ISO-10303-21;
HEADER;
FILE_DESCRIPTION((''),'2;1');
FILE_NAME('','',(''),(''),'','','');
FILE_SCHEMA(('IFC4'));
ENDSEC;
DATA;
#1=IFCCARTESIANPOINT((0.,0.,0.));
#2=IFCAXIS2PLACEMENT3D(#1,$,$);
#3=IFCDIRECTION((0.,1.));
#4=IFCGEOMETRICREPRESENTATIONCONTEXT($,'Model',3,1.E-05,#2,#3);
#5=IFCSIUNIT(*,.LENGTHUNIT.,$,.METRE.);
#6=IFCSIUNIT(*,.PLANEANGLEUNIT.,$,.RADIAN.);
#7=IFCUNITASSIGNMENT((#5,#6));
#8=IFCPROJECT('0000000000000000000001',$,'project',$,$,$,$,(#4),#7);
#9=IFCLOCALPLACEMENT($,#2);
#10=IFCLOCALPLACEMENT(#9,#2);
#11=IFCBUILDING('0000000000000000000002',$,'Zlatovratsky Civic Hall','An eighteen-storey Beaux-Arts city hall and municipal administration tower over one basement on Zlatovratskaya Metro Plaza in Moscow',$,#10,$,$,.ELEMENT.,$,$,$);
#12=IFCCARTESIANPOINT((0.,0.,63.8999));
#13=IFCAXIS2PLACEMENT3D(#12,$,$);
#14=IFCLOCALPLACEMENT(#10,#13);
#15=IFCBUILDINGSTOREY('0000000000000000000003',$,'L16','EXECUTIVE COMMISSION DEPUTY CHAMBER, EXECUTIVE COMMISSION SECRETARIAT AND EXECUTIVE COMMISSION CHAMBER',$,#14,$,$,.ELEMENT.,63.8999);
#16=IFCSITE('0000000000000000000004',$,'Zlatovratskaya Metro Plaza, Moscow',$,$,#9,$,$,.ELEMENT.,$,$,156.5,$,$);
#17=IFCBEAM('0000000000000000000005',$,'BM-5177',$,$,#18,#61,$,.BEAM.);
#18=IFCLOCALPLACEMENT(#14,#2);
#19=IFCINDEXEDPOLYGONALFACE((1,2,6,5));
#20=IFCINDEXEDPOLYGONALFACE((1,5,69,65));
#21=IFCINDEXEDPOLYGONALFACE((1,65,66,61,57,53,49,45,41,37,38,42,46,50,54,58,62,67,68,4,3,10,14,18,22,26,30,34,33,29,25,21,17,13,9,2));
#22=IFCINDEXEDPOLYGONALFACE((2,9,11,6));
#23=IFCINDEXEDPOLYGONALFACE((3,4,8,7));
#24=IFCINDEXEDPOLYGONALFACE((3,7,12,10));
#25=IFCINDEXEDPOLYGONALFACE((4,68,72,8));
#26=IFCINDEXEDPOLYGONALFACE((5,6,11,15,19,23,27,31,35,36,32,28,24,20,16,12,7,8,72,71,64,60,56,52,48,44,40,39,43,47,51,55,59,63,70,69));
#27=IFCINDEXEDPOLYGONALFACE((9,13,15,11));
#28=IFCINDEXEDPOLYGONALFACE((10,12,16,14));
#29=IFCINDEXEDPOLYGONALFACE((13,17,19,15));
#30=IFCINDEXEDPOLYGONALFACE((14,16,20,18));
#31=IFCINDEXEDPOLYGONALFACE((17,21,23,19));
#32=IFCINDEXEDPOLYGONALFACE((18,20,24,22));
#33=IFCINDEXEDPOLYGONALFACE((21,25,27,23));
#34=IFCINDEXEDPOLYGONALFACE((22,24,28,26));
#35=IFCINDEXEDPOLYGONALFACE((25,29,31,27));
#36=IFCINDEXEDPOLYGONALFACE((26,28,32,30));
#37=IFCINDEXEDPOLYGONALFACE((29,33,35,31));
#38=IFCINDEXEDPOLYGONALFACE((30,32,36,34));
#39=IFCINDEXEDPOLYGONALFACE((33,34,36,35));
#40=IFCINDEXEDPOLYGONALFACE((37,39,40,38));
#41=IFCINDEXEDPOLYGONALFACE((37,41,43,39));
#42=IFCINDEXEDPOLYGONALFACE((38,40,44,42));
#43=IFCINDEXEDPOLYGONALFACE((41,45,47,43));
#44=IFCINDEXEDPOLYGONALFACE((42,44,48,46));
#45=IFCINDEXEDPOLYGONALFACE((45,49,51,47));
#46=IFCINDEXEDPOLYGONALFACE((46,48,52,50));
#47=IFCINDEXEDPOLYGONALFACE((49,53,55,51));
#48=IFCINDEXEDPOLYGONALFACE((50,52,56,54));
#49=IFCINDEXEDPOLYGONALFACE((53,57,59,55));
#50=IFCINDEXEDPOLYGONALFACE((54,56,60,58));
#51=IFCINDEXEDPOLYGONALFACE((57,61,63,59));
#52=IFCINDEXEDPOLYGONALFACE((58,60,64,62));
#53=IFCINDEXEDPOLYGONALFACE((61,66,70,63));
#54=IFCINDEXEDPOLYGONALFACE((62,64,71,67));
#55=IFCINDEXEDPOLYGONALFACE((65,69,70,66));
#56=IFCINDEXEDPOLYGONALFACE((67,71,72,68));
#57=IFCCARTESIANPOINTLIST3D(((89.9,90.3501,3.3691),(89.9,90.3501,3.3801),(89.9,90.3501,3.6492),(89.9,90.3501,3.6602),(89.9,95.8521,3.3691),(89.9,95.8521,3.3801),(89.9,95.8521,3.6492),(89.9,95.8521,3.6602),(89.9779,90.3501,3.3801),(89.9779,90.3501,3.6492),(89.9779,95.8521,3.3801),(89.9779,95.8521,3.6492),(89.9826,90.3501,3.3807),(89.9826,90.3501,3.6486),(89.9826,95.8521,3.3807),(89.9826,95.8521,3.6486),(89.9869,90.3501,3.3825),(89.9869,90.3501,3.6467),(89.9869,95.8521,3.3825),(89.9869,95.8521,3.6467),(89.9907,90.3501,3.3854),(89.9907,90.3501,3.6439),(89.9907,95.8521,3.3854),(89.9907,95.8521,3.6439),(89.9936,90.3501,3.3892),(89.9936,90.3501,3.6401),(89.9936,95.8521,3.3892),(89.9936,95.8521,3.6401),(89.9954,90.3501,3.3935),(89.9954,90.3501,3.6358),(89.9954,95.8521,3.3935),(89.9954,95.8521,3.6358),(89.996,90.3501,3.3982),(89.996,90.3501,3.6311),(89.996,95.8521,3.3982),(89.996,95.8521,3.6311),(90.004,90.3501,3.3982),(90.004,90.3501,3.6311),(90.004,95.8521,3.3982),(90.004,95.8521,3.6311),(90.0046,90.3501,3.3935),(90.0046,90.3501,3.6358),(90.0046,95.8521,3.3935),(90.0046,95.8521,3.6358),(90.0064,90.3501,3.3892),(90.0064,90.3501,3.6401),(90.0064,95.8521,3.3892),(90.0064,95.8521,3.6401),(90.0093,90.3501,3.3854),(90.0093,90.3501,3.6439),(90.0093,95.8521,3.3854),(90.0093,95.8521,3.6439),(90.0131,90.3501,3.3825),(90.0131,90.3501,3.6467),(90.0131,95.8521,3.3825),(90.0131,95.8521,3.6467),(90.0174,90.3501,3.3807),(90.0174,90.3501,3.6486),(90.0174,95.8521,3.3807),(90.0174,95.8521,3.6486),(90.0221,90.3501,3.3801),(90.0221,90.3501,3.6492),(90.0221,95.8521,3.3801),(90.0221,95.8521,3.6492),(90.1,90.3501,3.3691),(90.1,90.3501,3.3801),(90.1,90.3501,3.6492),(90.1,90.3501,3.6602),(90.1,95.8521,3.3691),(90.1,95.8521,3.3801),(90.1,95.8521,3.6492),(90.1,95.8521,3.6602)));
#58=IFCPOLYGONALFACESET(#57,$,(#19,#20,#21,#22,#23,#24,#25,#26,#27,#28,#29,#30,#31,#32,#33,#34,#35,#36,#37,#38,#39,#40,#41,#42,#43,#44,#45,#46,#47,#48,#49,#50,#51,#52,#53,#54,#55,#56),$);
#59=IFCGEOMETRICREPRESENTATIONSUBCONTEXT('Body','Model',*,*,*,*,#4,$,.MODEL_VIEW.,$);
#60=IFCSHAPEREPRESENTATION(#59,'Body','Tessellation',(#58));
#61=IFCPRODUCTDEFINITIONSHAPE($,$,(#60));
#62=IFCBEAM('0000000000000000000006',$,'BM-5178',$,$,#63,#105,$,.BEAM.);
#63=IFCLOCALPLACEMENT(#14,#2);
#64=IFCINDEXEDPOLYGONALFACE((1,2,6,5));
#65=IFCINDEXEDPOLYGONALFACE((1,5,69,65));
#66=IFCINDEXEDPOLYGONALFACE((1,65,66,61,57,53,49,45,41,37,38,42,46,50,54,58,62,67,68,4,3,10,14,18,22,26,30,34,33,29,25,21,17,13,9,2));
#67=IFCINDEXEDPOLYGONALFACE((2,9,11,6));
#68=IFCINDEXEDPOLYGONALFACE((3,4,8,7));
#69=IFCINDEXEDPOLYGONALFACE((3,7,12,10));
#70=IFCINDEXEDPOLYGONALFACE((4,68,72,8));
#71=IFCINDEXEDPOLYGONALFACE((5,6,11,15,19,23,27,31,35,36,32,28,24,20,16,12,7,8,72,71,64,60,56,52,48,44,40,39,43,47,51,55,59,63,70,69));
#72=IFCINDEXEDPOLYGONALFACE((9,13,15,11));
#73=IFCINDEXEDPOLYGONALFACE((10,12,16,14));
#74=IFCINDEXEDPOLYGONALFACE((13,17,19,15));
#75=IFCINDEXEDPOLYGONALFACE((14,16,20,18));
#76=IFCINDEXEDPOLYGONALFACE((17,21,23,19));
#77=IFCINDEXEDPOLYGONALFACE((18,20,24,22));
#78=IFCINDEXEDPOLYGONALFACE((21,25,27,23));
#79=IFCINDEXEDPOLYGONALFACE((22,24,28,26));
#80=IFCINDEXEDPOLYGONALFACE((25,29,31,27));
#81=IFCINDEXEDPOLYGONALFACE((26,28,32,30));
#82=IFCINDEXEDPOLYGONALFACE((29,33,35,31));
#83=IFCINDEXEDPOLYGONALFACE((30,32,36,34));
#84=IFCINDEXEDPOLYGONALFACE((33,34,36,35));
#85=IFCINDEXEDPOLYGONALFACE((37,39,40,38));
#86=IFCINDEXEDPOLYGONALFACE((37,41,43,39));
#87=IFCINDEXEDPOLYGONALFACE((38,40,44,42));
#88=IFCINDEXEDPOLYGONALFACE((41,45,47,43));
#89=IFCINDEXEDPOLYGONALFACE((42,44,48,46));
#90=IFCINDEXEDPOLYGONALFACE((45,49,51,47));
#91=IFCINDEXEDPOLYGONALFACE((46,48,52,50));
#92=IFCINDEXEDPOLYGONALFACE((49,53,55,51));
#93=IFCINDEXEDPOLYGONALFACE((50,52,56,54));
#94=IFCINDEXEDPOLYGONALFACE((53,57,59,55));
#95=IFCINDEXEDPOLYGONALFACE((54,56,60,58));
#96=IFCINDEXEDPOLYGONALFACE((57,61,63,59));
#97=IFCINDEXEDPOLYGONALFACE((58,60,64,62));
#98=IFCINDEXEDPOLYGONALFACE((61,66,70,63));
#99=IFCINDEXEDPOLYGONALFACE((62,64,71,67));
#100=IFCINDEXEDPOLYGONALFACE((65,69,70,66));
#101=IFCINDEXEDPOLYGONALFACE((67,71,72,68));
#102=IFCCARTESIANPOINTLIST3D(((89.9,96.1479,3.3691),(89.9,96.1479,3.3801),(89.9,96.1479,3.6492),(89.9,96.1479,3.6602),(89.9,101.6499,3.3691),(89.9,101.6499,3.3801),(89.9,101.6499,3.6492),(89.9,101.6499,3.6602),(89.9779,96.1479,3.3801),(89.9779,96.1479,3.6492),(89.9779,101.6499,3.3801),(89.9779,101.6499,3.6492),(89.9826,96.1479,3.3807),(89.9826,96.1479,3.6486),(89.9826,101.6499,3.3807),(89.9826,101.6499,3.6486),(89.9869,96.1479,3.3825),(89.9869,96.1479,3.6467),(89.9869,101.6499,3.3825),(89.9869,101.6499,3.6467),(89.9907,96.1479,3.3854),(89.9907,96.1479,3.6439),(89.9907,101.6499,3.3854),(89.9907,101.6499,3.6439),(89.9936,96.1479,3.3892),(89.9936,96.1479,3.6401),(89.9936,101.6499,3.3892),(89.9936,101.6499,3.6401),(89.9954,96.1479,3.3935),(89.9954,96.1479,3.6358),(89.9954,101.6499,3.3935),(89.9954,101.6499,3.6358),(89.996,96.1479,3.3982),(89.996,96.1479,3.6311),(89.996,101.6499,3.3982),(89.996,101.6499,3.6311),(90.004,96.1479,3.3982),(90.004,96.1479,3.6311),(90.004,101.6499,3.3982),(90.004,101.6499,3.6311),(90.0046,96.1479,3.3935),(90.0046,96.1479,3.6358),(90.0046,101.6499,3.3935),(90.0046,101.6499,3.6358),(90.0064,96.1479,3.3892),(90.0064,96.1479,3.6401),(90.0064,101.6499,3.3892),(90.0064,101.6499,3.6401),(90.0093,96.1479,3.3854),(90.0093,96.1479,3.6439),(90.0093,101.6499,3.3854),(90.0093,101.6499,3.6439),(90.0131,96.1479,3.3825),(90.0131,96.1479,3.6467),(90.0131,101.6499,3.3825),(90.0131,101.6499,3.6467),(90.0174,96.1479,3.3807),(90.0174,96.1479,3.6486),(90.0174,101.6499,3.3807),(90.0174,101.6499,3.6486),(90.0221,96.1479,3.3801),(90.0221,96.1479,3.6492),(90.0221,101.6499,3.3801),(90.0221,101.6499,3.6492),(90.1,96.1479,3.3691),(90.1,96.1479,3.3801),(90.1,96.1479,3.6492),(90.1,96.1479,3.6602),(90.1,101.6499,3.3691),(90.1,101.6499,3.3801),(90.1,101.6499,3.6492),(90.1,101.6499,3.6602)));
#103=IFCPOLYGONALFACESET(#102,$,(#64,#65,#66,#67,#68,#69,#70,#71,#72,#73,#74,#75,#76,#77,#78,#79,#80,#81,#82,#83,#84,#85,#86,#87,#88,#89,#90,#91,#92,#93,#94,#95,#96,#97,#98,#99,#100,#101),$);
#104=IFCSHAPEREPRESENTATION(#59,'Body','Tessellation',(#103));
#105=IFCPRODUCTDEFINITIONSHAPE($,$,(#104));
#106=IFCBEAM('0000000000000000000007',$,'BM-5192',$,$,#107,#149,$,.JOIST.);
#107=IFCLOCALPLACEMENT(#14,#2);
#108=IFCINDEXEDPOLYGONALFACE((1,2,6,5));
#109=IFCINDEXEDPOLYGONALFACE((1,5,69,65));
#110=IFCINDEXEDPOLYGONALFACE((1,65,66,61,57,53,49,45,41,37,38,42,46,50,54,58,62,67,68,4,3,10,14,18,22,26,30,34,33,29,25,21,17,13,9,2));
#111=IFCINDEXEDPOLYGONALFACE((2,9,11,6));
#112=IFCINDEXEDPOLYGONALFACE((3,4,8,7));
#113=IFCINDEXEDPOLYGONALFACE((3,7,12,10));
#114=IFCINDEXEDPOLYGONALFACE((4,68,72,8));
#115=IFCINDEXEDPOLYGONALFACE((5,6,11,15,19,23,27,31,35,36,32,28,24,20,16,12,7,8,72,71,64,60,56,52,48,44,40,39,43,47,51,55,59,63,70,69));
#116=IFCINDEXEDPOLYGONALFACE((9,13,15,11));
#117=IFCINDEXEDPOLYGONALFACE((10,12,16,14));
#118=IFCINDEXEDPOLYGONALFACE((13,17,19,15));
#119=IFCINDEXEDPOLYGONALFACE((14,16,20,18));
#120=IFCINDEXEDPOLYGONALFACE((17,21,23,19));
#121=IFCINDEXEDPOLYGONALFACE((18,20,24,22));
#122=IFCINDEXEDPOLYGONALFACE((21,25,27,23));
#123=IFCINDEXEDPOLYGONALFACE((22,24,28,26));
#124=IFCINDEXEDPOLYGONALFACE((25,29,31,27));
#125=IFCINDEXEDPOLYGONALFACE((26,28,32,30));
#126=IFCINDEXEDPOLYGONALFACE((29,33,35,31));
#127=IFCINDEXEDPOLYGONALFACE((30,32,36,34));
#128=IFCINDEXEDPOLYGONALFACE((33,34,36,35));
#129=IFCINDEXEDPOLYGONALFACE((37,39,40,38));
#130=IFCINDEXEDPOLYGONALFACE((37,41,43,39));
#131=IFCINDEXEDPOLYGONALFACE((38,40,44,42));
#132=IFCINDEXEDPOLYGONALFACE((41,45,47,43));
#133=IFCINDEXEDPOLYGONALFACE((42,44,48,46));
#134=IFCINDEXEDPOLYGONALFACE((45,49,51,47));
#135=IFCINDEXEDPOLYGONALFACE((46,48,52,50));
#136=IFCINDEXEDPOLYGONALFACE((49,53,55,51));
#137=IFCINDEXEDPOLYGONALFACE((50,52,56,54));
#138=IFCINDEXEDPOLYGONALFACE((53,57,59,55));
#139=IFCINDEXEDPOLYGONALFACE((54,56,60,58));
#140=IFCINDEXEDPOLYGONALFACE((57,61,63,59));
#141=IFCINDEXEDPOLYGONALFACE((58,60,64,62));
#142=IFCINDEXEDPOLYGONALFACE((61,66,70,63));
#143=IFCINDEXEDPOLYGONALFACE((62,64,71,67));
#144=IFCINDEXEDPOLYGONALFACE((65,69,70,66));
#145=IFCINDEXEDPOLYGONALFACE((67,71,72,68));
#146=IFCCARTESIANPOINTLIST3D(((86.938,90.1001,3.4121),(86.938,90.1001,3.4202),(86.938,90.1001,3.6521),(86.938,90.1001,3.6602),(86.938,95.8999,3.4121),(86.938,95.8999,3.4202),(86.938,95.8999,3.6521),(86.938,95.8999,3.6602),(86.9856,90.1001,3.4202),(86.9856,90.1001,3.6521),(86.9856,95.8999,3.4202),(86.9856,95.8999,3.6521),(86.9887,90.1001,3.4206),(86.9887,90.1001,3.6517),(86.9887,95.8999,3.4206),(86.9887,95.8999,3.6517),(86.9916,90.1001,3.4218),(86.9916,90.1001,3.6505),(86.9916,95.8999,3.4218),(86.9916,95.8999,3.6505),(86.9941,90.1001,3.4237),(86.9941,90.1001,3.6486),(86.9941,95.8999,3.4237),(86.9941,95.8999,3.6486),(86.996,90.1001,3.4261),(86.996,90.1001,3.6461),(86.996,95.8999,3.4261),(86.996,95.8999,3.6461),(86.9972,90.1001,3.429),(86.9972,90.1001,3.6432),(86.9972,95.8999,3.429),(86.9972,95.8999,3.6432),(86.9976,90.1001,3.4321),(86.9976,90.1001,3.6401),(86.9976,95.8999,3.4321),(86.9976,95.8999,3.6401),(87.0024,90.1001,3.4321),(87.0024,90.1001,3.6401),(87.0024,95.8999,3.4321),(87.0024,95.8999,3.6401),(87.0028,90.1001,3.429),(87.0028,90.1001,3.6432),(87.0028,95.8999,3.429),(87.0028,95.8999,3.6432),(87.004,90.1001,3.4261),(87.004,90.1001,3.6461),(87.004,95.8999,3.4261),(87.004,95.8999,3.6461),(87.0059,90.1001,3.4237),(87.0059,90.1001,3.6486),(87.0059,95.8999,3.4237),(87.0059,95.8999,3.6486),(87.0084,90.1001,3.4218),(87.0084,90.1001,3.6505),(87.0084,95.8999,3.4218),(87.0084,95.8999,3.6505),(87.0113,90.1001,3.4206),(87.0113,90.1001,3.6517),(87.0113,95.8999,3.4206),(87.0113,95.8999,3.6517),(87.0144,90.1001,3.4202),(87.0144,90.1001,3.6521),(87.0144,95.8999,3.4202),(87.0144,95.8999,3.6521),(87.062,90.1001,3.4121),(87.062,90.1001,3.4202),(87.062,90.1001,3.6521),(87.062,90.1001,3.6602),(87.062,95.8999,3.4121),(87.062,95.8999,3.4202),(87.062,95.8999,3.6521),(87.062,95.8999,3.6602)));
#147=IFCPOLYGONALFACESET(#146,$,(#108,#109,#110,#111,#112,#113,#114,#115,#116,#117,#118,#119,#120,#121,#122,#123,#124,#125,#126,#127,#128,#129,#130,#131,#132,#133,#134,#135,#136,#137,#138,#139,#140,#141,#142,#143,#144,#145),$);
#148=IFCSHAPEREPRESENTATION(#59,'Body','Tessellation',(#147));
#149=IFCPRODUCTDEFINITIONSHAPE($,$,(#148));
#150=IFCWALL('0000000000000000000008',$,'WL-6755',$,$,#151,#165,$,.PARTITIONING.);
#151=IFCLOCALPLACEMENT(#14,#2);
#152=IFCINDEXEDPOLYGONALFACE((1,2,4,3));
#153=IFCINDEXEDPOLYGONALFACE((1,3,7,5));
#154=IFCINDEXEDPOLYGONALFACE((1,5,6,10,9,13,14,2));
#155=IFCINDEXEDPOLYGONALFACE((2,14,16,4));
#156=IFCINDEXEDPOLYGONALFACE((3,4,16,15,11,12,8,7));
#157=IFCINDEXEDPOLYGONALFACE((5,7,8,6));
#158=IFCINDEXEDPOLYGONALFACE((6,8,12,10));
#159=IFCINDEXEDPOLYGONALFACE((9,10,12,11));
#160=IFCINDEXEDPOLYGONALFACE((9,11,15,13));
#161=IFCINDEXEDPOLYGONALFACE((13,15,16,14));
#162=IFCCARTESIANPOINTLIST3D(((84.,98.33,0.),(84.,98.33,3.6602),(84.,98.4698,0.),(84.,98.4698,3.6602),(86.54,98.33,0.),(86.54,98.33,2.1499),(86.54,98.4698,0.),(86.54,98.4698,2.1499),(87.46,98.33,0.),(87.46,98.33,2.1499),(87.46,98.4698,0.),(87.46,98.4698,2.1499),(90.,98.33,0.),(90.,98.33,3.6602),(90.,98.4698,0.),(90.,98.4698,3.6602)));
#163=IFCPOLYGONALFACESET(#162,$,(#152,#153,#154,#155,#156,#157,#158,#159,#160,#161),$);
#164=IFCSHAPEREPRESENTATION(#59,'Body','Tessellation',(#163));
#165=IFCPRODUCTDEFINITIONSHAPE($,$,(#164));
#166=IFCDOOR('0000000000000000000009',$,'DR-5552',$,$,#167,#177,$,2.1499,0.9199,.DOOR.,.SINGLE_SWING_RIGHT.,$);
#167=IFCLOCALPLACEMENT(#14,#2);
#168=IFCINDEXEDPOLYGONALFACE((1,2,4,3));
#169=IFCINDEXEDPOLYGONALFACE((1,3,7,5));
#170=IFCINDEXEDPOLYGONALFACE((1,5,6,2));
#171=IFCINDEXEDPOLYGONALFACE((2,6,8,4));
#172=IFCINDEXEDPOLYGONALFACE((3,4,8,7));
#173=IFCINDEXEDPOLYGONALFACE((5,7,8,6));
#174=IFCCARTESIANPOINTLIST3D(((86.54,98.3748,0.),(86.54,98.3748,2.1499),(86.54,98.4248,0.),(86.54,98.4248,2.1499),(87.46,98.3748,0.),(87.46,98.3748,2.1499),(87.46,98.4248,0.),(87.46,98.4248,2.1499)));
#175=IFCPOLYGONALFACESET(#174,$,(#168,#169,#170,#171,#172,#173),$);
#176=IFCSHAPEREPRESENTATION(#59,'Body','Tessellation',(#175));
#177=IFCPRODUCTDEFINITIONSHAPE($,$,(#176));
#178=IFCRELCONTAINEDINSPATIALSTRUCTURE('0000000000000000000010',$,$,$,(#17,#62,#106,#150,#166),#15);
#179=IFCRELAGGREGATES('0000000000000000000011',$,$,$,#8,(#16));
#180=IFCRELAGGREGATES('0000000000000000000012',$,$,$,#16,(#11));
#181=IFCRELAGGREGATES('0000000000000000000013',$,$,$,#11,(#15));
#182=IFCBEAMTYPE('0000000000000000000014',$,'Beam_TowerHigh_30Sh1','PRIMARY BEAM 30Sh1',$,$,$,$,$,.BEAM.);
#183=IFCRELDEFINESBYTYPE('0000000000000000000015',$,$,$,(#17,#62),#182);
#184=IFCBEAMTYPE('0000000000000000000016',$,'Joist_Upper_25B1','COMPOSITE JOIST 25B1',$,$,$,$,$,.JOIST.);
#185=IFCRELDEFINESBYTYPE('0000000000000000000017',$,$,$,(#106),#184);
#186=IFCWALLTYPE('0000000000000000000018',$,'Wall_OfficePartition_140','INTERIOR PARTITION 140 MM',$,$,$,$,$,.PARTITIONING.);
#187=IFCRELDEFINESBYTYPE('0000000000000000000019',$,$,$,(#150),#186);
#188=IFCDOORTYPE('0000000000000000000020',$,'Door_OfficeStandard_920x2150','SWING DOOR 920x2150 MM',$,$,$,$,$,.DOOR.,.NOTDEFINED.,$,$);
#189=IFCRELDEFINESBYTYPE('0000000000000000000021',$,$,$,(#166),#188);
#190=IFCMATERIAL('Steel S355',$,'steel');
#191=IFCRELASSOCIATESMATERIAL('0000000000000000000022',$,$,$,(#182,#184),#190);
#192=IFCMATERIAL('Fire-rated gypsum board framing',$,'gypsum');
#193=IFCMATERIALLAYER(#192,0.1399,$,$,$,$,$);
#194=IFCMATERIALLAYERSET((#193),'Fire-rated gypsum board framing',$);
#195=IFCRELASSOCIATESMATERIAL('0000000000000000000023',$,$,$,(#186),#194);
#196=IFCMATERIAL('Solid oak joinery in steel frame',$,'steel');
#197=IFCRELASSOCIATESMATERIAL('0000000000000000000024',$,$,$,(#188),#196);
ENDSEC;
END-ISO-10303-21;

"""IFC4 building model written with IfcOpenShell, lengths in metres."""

from ifc_helpers import new_model, si_unit, direction, frame, frame_2d, origin, origin_2d, place, context, subcontext, project, spatial, rectangle, i_section, extrude, material, layer, layer_set, material_profile, profile_set, type_object, element, fill, save


model = new_model("IFC4")

# Units and contexts
model_context = context("Model", 3, precision=1e-05, world=origin(), true_north=direction((0.0, 1.0)))
body_context = subcontext(model_context, "Body", "Model", "MODEL_VIEW")
ifc_project = project(units=[si_unit("LENGTHUNIT", "METRE"), si_unit("PLANEANGLEUNIT", "RADIAN")], contexts=[model_context])

# Site, building, storey
site_placement = place(None, origin())
site = spatial("IfcSite", under=ifc_project, at=site_placement, Name="Zlatovratskaya Metro Plaza, Moscow", CompositionType="ELEMENT", RefElevation=156.5)
building_placement = place(site_placement, origin())
building = spatial("IfcBuilding", under=site, at=building_placement, Name="Zlatovratsky Civic Hall", Description="An eighteen-storey Beaux-Arts city hall and municipal administration tower over one basement on Zlatovratskaya Metro Plaza in Moscow", CompositionType="ELEMENT")
storey_placement = place(building_placement, frame((0.0, 0.0, 63.8999)))
storey = spatial("IfcBuildingStorey", under=building, at=storey_placement, Name="L16", Description="EXECUTIVE COMMISSION DEPUTY CHAMBER, EXECUTIVE COMMISSION SECRETARIAT AND EXECUTIVE COMMISSION CHAMBER", CompositionType="ELEMENT", Elevation=63.8999)

# Shared definitions
ifc_material_1 = material(Name="Steel S355", Category="steel")

# Beams
ifc_material_profile_1 = material_profile(ifc_material_1, i_section(OverallWidth=0.2, OverallDepth=0.291, WebThickness=0.0081, FlangeThickness=0.011, FilletRadius=0.0181, at=origin_2d()), Name="30Sh1")
ifc_profile_set_1 = profile_set([ifc_material_profile_1], Name="Steel S355")
beam_type_1 = type_object("IfcBeamType", Name="Beam_TowerHigh_30Sh1", Description="PRIMARY BEAM 30Sh1", PredefinedType="BEAM", material=ifc_profile_set_1)
for number, where, z_axis, x_axis, name in (
    (1, (90.0, 90.3501, 3.5146), (0.0, 1.0, 0.0), (-1.0, 0.0, 0.0), "BM-5177"),
    (2, (90.0, 96.1479, 3.5146), (0.0, 1.0, 0.0), (-1.0, 0.0, 0.0), "BM-5178"),
):
    element("IfcBeam", number, at=place(storey_placement, frame(where, z_axis=z_axis, x_axis=x_axis)), inside=storey, type_object=beam_type_1, Name=name, PredefinedType="BEAM", context=body_context, shape_type="SweptSolid", body=[
        extrude(i_section(OverallWidth=0.2, OverallDepth=0.291, WebThickness=0.0081, FlangeThickness=0.011, FilletRadius=0.0181, at=origin_2d()), origin(), (0.0, 0.0, 1.0), 5.502),
    ])
ifc_material_profile_2 = material_profile(ifc_material_1, i_section(OverallWidth=0.124, OverallDepth=0.248, WebThickness=0.0049, FlangeThickness=0.0081, FilletRadius=0.012, at=origin_2d()), Name="25B1")
ifc_profile_set_2 = profile_set([ifc_material_profile_2], Name="Steel S355")
beam_type_2 = type_object("IfcBeamType", Name="Joist_Upper_25B1", Description="COMPOSITE JOIST 25B1", PredefinedType="JOIST", material=ifc_profile_set_2)
beam_1_placement = place(storey_placement, frame((87.0, 90.1001, 3.5361), z_axis=(0.0, 1.0, 0.0), x_axis=(-1.0, 0.0, 0.0)))
element("IfcBeam", 3, at=beam_1_placement, inside=storey, type_object=beam_type_2, Name="BM-5192", PredefinedType="JOIST", context=body_context, shape_type="SweptSolid", body=[
    extrude(i_section(OverallWidth=0.124, OverallDepth=0.248, WebThickness=0.0049, FlangeThickness=0.0081, FilletRadius=0.012, at=origin_2d()), origin(), (0.0, 0.0, 1.0), 5.7998),
])

# Wall, opening, door
ifc_material_2 = material(Name="Fire-rated gypsum board framing", Category="gypsum")
ifc_layer_1 = layer(ifc_material_2, 0.1399)
ifc_layer_set_1 = layer_set([ifc_layer_1], Name="Fire-rated gypsum board framing")
wall_type_1 = type_object("IfcWallType", Name="Wall_OfficePartition_140", Description="INTERIOR PARTITION 140 MM", PredefinedType="PARTITIONING", material=ifc_layer_set_1)
wall_1_placement = place(storey_placement, frame((84.0, 98.3999, 0.0), z_axis=(0.0, 0.0, 1.0), x_axis=(1.0, 0.0, 0.0)))
wall_1 = element("IfcWall", 4, at=wall_1_placement, inside=storey, type_object=wall_type_1, Name="WL-6755", PredefinedType="PARTITIONING", context=body_context, shape_type="SweptSolid", body=[
    extrude(rectangle(XDim=6.0, YDim=0.1399, at=frame_2d((3.0, 0.0))), origin(), (0.0, 0.0, 1.0), 3.6602),
])
opening_1_placement = place(wall_1_placement, frame((2.54, 0.0, 0.0)))
opening_1 = element("IfcOpeningElement", 5, at=opening_1_placement, cuts=wall_1, PredefinedType="OPENING", context=body_context, shape_type="SweptSolid", body=[
    extrude(rectangle(XDim=0.9199, YDim=2.1499, at=frame_2d((0.46, 1.075))), frame((0.0, 0.085, 0.0), z_axis=(0.0, -1.0, 0.0), x_axis=(1.0, 0.0, 0.0)), (0.0, 0.0, 1.0), 0.1697),
])
ifc_material_3 = material(Name="Solid oak joinery in steel frame", Category="steel")
door_type = type_object("IfcDoorType", Name="Door_OfficeStandard_920x2150", Description="SWING DOOR 920x2150 MM", OperationType="NOTDEFINED", PredefinedType="DOOR", material=ifc_material_3)
door_1_placement = place(opening_1_placement, origin())
door_1 = element("IfcDoor", 6, at=door_1_placement, inside=storey, type_object=door_type, Name="DR-5552", OperationType="SINGLE_SWING_RIGHT", OverallHeight=2.1499, OverallWidth=0.9199, PredefinedType="DOOR", context=body_context, shape_type="SweptSolid", body=[
    extrude(rectangle(XDim=0.9199, YDim=2.1499, at=frame_2d((0.46, 1.075))), frame((0.0, 0.0249, 0.0), z_axis=(0.0, -1.0, 0.0), x_axis=(1.0, 0.0, 0.0)), (0.0, 0.0, 1.0), 0.05),
])
fill(opening_1, door_1)

save(model, "model.ifc")
